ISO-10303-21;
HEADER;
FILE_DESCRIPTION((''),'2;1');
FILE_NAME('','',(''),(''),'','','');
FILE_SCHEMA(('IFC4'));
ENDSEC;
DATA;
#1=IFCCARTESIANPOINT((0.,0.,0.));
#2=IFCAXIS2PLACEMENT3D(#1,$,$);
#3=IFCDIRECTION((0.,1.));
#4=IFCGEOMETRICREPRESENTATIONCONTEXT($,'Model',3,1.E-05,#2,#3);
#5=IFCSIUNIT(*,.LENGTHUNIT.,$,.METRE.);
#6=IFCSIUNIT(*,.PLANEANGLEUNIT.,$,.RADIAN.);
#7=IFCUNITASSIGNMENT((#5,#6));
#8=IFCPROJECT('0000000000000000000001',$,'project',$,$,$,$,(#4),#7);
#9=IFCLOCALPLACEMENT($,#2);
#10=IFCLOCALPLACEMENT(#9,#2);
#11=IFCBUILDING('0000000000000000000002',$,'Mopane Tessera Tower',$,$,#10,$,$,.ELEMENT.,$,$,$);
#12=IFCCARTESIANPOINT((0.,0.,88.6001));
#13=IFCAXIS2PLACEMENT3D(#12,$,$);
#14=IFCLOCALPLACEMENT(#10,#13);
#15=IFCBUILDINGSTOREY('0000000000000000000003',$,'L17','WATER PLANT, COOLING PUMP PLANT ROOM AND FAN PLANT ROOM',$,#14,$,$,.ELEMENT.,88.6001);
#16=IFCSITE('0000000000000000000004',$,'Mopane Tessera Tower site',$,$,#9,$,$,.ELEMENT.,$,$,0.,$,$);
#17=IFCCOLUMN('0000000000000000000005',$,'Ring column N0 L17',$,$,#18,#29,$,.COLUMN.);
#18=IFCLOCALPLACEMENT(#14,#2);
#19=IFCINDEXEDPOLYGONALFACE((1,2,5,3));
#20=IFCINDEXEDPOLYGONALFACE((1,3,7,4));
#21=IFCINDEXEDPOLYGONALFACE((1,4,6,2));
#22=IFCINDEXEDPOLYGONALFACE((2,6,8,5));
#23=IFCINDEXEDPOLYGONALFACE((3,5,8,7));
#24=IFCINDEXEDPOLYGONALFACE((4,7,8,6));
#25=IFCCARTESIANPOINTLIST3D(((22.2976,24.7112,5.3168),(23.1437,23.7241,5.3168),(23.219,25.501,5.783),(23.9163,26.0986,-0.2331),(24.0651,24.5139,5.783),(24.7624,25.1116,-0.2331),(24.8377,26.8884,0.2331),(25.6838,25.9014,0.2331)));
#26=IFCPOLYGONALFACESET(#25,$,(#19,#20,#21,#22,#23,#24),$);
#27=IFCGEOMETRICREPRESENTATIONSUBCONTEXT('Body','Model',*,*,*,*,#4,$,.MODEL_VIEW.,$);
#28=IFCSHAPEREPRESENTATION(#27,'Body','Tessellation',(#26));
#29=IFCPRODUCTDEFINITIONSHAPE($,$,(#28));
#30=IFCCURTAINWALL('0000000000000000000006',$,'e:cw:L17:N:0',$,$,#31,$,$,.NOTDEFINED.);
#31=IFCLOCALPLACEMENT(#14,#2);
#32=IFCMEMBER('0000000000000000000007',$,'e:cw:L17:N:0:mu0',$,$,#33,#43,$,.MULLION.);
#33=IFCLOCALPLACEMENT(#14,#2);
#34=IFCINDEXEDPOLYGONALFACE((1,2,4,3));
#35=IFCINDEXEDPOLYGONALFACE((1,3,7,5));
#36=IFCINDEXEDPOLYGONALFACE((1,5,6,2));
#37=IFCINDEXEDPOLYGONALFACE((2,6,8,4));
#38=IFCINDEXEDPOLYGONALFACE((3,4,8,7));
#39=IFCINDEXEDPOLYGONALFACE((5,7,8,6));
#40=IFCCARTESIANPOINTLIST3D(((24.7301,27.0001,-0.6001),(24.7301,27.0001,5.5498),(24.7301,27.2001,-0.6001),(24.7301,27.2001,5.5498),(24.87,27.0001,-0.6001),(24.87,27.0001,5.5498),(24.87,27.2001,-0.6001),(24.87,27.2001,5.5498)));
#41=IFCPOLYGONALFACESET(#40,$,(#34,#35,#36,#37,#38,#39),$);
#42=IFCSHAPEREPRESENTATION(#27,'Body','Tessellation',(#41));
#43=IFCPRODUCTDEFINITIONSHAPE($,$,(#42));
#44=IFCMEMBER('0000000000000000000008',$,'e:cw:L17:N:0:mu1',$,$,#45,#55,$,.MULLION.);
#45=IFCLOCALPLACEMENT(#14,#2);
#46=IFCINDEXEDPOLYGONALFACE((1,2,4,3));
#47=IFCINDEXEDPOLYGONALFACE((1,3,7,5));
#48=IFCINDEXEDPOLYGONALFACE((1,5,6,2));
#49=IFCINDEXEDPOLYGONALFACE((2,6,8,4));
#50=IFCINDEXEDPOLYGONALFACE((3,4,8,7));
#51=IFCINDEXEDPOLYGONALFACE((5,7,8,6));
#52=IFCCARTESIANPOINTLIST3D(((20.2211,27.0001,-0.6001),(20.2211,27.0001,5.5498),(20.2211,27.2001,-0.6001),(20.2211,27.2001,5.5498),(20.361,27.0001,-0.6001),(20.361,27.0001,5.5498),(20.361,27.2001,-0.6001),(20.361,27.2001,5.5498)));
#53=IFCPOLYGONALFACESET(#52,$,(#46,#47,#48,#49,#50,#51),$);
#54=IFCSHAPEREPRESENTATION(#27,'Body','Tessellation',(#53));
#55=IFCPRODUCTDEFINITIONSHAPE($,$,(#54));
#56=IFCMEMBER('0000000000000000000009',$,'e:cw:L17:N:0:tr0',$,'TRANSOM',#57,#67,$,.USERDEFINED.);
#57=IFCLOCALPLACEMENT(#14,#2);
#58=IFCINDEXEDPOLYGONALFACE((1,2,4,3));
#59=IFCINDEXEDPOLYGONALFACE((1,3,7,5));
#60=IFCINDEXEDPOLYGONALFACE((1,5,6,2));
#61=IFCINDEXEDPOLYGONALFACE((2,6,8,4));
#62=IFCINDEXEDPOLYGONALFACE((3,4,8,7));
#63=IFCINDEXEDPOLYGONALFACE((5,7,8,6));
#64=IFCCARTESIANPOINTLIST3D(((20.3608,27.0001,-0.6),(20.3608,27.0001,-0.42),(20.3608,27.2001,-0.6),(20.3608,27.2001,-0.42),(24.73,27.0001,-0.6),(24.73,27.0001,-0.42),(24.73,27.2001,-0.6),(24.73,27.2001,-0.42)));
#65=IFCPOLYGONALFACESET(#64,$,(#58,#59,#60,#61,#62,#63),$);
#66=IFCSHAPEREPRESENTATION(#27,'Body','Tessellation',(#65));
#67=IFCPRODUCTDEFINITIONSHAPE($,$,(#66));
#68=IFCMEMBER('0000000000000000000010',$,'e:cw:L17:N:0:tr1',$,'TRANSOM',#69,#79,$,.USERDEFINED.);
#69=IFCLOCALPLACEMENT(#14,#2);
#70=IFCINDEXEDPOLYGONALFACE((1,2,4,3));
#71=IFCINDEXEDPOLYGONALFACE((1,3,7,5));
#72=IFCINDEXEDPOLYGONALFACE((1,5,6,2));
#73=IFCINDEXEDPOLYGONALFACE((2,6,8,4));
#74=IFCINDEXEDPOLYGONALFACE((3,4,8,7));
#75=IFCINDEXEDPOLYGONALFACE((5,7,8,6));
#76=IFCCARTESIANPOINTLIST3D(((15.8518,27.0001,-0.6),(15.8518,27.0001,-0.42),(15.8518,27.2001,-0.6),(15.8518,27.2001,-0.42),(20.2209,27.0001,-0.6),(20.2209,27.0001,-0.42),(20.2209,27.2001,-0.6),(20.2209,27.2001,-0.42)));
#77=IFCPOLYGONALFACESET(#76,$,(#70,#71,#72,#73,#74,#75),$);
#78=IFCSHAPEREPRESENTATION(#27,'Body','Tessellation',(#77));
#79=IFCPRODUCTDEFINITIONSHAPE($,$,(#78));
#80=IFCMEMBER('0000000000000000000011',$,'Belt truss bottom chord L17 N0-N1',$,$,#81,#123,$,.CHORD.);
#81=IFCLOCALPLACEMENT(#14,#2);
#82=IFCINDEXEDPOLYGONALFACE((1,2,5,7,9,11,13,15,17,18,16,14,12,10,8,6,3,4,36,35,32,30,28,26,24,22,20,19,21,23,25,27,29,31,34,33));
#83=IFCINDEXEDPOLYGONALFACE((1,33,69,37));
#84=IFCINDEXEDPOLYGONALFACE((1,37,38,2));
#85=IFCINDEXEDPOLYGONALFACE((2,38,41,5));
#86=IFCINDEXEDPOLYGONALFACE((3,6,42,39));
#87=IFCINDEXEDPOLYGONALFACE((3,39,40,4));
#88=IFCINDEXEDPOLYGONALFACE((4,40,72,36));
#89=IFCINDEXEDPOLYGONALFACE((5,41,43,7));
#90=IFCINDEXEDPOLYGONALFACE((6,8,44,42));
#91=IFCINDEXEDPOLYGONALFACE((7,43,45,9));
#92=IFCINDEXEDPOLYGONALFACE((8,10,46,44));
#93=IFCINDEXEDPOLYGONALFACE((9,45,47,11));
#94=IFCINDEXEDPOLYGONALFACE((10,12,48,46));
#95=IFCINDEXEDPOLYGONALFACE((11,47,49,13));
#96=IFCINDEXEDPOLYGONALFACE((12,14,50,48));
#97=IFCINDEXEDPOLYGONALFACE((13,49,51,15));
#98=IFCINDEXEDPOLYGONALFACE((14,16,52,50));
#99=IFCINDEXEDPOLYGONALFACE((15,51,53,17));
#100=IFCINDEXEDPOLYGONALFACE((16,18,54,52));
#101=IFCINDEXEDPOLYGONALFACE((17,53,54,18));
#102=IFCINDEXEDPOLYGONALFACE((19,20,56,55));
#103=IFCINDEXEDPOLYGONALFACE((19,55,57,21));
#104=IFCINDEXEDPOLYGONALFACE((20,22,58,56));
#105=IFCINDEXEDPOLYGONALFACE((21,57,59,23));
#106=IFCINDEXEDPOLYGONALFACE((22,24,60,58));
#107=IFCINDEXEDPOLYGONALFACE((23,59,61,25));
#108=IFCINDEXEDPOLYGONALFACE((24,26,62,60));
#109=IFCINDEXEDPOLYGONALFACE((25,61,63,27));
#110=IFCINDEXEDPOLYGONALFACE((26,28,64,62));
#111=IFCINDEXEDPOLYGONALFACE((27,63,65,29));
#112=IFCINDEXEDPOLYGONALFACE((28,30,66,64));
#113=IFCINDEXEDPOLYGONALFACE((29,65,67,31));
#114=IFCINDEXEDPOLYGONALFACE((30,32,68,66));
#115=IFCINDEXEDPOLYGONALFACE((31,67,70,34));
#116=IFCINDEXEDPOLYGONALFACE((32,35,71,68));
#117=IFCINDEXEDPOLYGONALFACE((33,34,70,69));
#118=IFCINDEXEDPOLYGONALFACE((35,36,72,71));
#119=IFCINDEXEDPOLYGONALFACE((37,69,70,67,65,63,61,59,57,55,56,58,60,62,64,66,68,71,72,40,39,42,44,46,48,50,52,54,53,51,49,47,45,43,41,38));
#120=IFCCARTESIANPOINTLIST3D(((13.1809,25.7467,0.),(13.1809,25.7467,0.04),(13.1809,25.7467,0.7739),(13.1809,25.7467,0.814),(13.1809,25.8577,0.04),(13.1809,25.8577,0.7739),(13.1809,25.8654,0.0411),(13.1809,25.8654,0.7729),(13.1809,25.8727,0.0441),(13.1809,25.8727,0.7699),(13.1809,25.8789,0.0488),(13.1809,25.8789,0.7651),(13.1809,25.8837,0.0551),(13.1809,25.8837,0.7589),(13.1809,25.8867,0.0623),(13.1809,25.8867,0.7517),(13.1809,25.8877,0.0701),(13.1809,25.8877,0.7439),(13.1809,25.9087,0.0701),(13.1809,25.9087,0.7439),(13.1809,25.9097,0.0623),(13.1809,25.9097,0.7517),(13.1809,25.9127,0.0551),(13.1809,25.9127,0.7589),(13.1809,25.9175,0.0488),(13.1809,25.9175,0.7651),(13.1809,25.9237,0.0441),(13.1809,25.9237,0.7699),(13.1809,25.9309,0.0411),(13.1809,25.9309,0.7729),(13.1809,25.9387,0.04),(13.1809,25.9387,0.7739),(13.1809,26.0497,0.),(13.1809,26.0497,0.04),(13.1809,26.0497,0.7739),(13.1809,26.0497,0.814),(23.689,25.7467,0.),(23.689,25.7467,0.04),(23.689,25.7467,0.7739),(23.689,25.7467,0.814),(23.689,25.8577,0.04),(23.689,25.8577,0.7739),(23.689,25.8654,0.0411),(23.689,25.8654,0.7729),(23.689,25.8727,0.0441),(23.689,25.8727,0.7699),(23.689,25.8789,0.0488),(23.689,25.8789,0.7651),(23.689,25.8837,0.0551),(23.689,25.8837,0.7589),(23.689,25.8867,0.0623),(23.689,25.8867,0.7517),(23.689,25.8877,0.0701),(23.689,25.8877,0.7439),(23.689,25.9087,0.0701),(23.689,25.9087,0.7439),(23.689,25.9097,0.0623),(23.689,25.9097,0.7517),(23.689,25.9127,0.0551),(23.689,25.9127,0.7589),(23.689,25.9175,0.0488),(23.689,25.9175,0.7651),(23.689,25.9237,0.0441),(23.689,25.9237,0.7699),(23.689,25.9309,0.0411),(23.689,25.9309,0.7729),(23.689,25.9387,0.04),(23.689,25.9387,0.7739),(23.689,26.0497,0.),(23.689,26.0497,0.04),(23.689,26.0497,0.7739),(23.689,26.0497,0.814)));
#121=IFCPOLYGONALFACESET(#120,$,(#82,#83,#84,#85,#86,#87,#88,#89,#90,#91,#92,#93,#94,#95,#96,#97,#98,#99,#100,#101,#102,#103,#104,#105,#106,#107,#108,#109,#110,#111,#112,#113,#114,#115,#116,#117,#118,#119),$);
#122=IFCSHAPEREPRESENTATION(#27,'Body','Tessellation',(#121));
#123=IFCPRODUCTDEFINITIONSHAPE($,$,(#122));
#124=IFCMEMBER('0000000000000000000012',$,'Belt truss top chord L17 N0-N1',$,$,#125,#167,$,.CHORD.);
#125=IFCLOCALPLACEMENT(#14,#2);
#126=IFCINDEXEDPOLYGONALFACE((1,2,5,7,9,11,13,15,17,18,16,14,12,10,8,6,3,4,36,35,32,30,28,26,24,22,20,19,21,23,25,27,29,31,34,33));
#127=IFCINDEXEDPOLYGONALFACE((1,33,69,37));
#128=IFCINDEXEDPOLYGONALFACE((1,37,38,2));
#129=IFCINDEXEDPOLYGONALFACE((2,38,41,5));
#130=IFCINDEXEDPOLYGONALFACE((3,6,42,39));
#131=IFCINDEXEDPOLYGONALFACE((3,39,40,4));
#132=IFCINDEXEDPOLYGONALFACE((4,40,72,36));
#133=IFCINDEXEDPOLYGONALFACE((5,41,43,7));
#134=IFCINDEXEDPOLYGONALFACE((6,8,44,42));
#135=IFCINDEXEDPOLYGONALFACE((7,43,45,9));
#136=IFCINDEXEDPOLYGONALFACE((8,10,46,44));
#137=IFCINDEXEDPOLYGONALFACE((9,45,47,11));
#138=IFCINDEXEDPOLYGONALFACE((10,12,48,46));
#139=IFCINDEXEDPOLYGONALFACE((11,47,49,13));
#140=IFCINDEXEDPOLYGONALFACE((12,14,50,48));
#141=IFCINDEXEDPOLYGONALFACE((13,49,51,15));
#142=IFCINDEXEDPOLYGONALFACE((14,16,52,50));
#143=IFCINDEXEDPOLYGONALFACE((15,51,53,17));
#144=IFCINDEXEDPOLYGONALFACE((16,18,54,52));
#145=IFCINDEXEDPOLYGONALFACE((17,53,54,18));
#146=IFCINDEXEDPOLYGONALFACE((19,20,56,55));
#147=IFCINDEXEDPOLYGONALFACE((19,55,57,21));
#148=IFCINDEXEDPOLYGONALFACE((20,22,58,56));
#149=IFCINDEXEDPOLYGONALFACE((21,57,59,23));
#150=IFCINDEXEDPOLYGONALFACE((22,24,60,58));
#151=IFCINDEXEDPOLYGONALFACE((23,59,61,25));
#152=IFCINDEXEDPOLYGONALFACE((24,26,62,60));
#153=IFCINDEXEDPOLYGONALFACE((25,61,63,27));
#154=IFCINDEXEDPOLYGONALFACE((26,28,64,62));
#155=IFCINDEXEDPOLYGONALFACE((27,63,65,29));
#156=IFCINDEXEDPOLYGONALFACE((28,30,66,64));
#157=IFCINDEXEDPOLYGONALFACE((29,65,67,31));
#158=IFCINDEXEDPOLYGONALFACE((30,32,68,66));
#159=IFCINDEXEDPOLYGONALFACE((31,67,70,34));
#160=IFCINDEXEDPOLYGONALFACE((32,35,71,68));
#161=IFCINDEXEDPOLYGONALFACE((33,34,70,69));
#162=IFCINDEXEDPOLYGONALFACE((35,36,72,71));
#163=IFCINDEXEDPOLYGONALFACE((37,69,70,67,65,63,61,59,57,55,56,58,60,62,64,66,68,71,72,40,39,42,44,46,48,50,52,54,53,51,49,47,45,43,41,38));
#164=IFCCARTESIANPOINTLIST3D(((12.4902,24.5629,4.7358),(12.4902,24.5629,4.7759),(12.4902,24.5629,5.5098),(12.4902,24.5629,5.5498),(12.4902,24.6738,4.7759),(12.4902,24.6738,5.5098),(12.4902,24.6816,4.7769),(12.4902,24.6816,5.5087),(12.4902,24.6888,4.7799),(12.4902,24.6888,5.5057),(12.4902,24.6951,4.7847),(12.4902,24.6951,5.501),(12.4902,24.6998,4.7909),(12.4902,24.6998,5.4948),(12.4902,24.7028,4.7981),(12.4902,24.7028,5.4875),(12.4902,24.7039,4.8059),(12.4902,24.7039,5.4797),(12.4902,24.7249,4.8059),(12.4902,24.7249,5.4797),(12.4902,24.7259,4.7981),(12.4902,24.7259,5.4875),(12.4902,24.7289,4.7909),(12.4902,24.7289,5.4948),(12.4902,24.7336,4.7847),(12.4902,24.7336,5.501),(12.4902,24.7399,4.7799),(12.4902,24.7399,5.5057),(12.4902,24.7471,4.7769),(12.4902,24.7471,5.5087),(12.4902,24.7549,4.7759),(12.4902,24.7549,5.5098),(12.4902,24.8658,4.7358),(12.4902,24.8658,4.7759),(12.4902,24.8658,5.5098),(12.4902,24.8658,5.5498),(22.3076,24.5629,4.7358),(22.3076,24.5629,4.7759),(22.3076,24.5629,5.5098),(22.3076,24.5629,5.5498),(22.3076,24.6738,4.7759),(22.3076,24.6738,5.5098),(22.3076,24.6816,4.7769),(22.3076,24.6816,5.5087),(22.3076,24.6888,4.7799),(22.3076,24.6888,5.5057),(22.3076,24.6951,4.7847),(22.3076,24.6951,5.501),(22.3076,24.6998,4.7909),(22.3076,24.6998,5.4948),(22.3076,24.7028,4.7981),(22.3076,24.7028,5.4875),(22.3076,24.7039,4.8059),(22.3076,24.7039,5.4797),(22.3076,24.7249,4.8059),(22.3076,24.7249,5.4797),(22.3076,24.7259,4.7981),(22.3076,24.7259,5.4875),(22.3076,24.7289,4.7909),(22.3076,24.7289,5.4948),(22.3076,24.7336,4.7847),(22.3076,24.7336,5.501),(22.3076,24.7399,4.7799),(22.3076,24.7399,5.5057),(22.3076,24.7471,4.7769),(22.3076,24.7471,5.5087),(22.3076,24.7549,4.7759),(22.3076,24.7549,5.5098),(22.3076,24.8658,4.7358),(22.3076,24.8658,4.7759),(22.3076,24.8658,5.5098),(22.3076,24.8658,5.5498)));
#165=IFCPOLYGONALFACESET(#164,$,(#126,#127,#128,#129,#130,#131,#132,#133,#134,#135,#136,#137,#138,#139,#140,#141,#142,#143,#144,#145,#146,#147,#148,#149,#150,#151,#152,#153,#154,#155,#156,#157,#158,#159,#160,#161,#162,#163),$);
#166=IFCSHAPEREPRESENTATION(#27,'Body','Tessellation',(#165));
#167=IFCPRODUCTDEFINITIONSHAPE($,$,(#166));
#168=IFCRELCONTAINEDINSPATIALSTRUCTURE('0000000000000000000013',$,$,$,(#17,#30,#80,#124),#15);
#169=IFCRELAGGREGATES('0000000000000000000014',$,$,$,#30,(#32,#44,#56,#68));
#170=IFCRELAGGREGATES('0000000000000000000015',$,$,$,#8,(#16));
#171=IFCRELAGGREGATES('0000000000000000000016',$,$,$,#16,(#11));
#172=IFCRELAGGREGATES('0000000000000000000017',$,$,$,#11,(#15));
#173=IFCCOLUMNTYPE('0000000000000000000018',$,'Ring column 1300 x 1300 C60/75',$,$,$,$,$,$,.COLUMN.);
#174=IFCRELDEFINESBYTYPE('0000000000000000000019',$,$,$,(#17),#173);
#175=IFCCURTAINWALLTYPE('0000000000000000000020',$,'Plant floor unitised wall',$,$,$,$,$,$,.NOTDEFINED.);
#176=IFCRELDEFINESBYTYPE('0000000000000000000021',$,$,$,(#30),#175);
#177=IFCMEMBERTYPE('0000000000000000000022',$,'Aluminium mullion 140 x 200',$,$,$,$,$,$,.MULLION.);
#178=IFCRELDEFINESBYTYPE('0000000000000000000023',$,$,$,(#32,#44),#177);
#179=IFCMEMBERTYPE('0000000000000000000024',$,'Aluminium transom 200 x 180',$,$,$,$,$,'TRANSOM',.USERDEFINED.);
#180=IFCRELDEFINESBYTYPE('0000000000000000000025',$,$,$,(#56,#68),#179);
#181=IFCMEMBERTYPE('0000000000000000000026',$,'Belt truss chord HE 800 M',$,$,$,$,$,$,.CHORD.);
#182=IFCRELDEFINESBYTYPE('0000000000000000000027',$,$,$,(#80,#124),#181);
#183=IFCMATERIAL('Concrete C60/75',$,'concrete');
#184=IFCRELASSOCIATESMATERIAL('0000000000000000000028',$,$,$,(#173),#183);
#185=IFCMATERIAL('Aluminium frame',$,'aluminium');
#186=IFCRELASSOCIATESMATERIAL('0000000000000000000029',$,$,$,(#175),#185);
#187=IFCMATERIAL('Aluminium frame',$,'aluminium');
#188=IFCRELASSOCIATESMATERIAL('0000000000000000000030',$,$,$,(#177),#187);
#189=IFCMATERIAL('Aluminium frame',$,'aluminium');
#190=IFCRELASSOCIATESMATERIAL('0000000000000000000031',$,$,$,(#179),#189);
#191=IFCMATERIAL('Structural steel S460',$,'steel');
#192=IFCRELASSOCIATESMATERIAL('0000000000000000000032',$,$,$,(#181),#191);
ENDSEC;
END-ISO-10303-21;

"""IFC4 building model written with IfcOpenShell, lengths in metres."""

from ifc_helpers import new_model, si_unit, direction, frame, origin, origin_2d, place, context, subcontext, project, spatial, rectangle, i_section, extrude, material, material_profile, profile_set, type_object, element, aggregate, save


model = new_model("IFC4")

# Units and contexts
model_context = context("Model", 3, precision=1e-05, world=origin(), true_north=direction((0.0, 1.0)))
body_context = subcontext(model_context, "Body", "Model", "MODEL_VIEW")
ifc_project = project(units=[si_unit("LENGTHUNIT", "METRE"), si_unit("PLANEANGLEUNIT", "RADIAN")], contexts=[model_context])

# Site, building, storey
site_placement = place(None, origin())
site = spatial("IfcSite", under=ifc_project, at=site_placement, Name="Mopane Tessera Tower site", CompositionType="ELEMENT", RefElevation=0.0)
building_placement = place(site_placement, origin())
building = spatial("IfcBuilding", under=site, at=building_placement, Name="Mopane Tessera Tower", CompositionType="ELEMENT")
storey_placement = place(building_placement, frame((0.0, 0.0, 88.6001)))
storey = spatial("IfcBuildingStorey", under=building, at=storey_placement, Name="L17", Description="WATER PLANT, COOLING PUMP PLANT ROOM AND FAN PLANT ROOM", CompositionType="ELEMENT", Elevation=88.6001)

# Column
ifc_material_1 = material(Name="Concrete C60/75", Category="concrete")
ifc_material_profile_1 = material_profile(ifc_material_1, rectangle(XDim=1.3, YDim=1.3, at=origin_2d()))
ifc_profile_set_1 = profile_set([ifc_material_profile_1], Name="Concrete C60/75")
column_type = type_object("IfcColumnType", Name="Ring column 1300 x 1300 C60/75", PredefinedType="COLUMN", material=ifc_profile_set_1)
column_placement = place(storey_placement, frame((24.8, 26.0, 0.0), z_axis=(-0.272262, -0.233373, 0.933494), x_axis=(0.650801, -0.759249, 0.0)))
element("IfcColumn", 1, at=column_placement, inside=storey, type_object=column_type, Name="Ring column N0 L17", PredefinedType="COLUMN", context=body_context, shape_type="SweptSolid", body=[
    extrude(rectangle(XDim=1.3, YDim=1.3, at=origin_2d()), origin(), (0.0, 0.0, 1.0), 5.9453),
])

# Curtain wall, members
ifc_material_2 = material(Name="Aluminium frame", Category="aluminium")
curtain_wall_type = type_object("IfcCurtainWallType", Name="Plant floor unitised wall", PredefinedType="NOTDEFINED", material=ifc_material_2)
curtain_wall_placement = place(storey_placement, origin())
curtain_wall = element("IfcCurtainWall", 2, at=curtain_wall_placement, inside=storey, type_object=curtain_wall_type, Name="e:cw:L17:N:0", PredefinedType="NOTDEFINED")
ifc_material_3 = material(Name="Aluminium frame", Category="aluminium")
ifc_material_profile_2 = material_profile(ifc_material_3, rectangle(XDim=0.1399, YDim=0.2, at=origin_2d()))
ifc_profile_set_2 = profile_set([ifc_material_profile_2], Name="Aluminium frame")
member_type_1 = type_object("IfcMemberType", Name="Aluminium mullion 140 x 200", PredefinedType="MULLION", material=ifc_profile_set_2)
member_1_placement = place(storey_placement, frame((24.8, 27.1001, -0.6001), z_axis=(0.0, 0.0, 1.0), x_axis=(-1.0, 0.0, 0.0)))
member_1 = element("IfcMember", 3, at=member_1_placement, type_object=member_type_1, Name="e:cw:L17:N:0:mu0", PredefinedType="MULLION", context=body_context, shape_type="SweptSolid", body=[
    extrude(rectangle(XDim=0.1399, YDim=0.2, at=origin_2d()), origin(), (0.0, 0.0, 1.0), 6.1499),
])
member_2_placement = place(storey_placement, frame((20.291, 27.1001, -0.6001), z_axis=(0.0, 0.0, 1.0), x_axis=(-1.0, 0.0, 0.0)))
member_2 = element("IfcMember", 4, at=member_2_placement, type_object=member_type_1, Name="e:cw:L17:N:0:mu1", PredefinedType="MULLION", context=body_context, shape_type="SweptSolid", body=[
    extrude(rectangle(XDim=0.1399, YDim=0.2, at=origin_2d()), origin(), (0.0, 0.0, 1.0), 6.1499),
])
ifc_material_4 = material(Name="Aluminium frame", Category="aluminium")
ifc_material_profile_3 = material_profile(ifc_material_4, rectangle(XDim=0.2, YDim=0.1799, at=origin_2d()))
ifc_profile_set_3 = profile_set([ifc_material_profile_3], Name="Aluminium frame")
member_type_2 = type_object("IfcMemberType", Name="Aluminium transom 200 x 180", ElementType="TRANSOM", PredefinedType="USERDEFINED", material=ifc_profile_set_3)
member_3_placement = place(storey_placement, frame((24.73, 27.1001, -0.51), z_axis=(-1.0, 0.0, 0.0), x_axis=(0.0, -1.0, 0.0)))
member_3 = element("IfcMember", 5, at=member_3_placement, type_object=member_type_2, Name="e:cw:L17:N:0:tr0", ObjectType="TRANSOM", PredefinedType="USERDEFINED", context=body_context, shape_type="SweptSolid", body=[
    extrude(rectangle(XDim=0.2, YDim=0.1799, at=origin_2d()), origin(), (0.0, 0.0, 1.0), 4.3691),
])
member_4_placement = place(storey_placement, frame((20.2209, 27.1001, -0.51), z_axis=(-1.0, 0.0, 0.0), x_axis=(0.0, -1.0, 0.0)))
member_4 = element("IfcMember", 6, at=member_4_placement, type_object=member_type_2, Name="e:cw:L17:N:0:tr1", ObjectType="TRANSOM", PredefinedType="USERDEFINED", context=body_context, shape_type="SweptSolid", body=[
    extrude(rectangle(XDim=0.2, YDim=0.1799, at=origin_2d()), origin(), (0.0, 0.0, 1.0), 4.3691),
])

# Members
ifc_material_5 = material(Name="Structural steel S460", Category="steel")
ifc_material_profile_4 = material_profile(ifc_material_5, i_section(OverallWidth=0.303, OverallDepth=0.814, WebThickness=0.021, FlangeThickness=0.04, FilletRadius=0.03, at=origin_2d()))
ifc_profile_set_4 = profile_set([ifc_material_profile_4], Name="Structural steel S460")
member_type_3 = type_object("IfcMemberType", Name="Belt truss chord HE 800 M", PredefinedType="CHORD", material=ifc_profile_set_4)
member_5_placement = place(storey_placement, frame((23.689, 25.8982, 0.407), z_axis=(-1.0, 0.0, 0.0), x_axis=(0.0, -1.0, 0.0)))
element("IfcMember", 7, at=member_5_placement, inside=storey, type_object=member_type_3, Name="Belt truss bottom chord L17 N0-N1", PredefinedType="CHORD", context=body_context, shape_type="SweptSolid", body=[
    extrude(i_section(OverallWidth=0.303, OverallDepth=0.814, WebThickness=0.021, FlangeThickness=0.04, FilletRadius=0.03, at=origin_2d()), origin(), (0.0, 0.0, 1.0), 10.5081),
])
member_6_placement = place(storey_placement, frame((22.3076, 24.7144, 5.1428), z_axis=(-1.0, 0.0, 0.0), x_axis=(0.0, -1.0, 0.0)))
element("IfcMember", 8, at=member_6_placement, inside=storey, type_object=member_type_3, Name="Belt truss top chord L17 N0-N1", PredefinedType="CHORD", context=body_context, shape_type="SweptSolid", body=[
    extrude(i_section(OverallWidth=0.303, OverallDepth=0.814, WebThickness=0.021, FlangeThickness=0.04, FilletRadius=0.03, at=origin_2d()), origin(), (0.0, 0.0, 1.0), 9.8174),
])

aggregate(curtain_wall, [member_1, member_2, member_3, member_4])

save(model, "model.ifc")
